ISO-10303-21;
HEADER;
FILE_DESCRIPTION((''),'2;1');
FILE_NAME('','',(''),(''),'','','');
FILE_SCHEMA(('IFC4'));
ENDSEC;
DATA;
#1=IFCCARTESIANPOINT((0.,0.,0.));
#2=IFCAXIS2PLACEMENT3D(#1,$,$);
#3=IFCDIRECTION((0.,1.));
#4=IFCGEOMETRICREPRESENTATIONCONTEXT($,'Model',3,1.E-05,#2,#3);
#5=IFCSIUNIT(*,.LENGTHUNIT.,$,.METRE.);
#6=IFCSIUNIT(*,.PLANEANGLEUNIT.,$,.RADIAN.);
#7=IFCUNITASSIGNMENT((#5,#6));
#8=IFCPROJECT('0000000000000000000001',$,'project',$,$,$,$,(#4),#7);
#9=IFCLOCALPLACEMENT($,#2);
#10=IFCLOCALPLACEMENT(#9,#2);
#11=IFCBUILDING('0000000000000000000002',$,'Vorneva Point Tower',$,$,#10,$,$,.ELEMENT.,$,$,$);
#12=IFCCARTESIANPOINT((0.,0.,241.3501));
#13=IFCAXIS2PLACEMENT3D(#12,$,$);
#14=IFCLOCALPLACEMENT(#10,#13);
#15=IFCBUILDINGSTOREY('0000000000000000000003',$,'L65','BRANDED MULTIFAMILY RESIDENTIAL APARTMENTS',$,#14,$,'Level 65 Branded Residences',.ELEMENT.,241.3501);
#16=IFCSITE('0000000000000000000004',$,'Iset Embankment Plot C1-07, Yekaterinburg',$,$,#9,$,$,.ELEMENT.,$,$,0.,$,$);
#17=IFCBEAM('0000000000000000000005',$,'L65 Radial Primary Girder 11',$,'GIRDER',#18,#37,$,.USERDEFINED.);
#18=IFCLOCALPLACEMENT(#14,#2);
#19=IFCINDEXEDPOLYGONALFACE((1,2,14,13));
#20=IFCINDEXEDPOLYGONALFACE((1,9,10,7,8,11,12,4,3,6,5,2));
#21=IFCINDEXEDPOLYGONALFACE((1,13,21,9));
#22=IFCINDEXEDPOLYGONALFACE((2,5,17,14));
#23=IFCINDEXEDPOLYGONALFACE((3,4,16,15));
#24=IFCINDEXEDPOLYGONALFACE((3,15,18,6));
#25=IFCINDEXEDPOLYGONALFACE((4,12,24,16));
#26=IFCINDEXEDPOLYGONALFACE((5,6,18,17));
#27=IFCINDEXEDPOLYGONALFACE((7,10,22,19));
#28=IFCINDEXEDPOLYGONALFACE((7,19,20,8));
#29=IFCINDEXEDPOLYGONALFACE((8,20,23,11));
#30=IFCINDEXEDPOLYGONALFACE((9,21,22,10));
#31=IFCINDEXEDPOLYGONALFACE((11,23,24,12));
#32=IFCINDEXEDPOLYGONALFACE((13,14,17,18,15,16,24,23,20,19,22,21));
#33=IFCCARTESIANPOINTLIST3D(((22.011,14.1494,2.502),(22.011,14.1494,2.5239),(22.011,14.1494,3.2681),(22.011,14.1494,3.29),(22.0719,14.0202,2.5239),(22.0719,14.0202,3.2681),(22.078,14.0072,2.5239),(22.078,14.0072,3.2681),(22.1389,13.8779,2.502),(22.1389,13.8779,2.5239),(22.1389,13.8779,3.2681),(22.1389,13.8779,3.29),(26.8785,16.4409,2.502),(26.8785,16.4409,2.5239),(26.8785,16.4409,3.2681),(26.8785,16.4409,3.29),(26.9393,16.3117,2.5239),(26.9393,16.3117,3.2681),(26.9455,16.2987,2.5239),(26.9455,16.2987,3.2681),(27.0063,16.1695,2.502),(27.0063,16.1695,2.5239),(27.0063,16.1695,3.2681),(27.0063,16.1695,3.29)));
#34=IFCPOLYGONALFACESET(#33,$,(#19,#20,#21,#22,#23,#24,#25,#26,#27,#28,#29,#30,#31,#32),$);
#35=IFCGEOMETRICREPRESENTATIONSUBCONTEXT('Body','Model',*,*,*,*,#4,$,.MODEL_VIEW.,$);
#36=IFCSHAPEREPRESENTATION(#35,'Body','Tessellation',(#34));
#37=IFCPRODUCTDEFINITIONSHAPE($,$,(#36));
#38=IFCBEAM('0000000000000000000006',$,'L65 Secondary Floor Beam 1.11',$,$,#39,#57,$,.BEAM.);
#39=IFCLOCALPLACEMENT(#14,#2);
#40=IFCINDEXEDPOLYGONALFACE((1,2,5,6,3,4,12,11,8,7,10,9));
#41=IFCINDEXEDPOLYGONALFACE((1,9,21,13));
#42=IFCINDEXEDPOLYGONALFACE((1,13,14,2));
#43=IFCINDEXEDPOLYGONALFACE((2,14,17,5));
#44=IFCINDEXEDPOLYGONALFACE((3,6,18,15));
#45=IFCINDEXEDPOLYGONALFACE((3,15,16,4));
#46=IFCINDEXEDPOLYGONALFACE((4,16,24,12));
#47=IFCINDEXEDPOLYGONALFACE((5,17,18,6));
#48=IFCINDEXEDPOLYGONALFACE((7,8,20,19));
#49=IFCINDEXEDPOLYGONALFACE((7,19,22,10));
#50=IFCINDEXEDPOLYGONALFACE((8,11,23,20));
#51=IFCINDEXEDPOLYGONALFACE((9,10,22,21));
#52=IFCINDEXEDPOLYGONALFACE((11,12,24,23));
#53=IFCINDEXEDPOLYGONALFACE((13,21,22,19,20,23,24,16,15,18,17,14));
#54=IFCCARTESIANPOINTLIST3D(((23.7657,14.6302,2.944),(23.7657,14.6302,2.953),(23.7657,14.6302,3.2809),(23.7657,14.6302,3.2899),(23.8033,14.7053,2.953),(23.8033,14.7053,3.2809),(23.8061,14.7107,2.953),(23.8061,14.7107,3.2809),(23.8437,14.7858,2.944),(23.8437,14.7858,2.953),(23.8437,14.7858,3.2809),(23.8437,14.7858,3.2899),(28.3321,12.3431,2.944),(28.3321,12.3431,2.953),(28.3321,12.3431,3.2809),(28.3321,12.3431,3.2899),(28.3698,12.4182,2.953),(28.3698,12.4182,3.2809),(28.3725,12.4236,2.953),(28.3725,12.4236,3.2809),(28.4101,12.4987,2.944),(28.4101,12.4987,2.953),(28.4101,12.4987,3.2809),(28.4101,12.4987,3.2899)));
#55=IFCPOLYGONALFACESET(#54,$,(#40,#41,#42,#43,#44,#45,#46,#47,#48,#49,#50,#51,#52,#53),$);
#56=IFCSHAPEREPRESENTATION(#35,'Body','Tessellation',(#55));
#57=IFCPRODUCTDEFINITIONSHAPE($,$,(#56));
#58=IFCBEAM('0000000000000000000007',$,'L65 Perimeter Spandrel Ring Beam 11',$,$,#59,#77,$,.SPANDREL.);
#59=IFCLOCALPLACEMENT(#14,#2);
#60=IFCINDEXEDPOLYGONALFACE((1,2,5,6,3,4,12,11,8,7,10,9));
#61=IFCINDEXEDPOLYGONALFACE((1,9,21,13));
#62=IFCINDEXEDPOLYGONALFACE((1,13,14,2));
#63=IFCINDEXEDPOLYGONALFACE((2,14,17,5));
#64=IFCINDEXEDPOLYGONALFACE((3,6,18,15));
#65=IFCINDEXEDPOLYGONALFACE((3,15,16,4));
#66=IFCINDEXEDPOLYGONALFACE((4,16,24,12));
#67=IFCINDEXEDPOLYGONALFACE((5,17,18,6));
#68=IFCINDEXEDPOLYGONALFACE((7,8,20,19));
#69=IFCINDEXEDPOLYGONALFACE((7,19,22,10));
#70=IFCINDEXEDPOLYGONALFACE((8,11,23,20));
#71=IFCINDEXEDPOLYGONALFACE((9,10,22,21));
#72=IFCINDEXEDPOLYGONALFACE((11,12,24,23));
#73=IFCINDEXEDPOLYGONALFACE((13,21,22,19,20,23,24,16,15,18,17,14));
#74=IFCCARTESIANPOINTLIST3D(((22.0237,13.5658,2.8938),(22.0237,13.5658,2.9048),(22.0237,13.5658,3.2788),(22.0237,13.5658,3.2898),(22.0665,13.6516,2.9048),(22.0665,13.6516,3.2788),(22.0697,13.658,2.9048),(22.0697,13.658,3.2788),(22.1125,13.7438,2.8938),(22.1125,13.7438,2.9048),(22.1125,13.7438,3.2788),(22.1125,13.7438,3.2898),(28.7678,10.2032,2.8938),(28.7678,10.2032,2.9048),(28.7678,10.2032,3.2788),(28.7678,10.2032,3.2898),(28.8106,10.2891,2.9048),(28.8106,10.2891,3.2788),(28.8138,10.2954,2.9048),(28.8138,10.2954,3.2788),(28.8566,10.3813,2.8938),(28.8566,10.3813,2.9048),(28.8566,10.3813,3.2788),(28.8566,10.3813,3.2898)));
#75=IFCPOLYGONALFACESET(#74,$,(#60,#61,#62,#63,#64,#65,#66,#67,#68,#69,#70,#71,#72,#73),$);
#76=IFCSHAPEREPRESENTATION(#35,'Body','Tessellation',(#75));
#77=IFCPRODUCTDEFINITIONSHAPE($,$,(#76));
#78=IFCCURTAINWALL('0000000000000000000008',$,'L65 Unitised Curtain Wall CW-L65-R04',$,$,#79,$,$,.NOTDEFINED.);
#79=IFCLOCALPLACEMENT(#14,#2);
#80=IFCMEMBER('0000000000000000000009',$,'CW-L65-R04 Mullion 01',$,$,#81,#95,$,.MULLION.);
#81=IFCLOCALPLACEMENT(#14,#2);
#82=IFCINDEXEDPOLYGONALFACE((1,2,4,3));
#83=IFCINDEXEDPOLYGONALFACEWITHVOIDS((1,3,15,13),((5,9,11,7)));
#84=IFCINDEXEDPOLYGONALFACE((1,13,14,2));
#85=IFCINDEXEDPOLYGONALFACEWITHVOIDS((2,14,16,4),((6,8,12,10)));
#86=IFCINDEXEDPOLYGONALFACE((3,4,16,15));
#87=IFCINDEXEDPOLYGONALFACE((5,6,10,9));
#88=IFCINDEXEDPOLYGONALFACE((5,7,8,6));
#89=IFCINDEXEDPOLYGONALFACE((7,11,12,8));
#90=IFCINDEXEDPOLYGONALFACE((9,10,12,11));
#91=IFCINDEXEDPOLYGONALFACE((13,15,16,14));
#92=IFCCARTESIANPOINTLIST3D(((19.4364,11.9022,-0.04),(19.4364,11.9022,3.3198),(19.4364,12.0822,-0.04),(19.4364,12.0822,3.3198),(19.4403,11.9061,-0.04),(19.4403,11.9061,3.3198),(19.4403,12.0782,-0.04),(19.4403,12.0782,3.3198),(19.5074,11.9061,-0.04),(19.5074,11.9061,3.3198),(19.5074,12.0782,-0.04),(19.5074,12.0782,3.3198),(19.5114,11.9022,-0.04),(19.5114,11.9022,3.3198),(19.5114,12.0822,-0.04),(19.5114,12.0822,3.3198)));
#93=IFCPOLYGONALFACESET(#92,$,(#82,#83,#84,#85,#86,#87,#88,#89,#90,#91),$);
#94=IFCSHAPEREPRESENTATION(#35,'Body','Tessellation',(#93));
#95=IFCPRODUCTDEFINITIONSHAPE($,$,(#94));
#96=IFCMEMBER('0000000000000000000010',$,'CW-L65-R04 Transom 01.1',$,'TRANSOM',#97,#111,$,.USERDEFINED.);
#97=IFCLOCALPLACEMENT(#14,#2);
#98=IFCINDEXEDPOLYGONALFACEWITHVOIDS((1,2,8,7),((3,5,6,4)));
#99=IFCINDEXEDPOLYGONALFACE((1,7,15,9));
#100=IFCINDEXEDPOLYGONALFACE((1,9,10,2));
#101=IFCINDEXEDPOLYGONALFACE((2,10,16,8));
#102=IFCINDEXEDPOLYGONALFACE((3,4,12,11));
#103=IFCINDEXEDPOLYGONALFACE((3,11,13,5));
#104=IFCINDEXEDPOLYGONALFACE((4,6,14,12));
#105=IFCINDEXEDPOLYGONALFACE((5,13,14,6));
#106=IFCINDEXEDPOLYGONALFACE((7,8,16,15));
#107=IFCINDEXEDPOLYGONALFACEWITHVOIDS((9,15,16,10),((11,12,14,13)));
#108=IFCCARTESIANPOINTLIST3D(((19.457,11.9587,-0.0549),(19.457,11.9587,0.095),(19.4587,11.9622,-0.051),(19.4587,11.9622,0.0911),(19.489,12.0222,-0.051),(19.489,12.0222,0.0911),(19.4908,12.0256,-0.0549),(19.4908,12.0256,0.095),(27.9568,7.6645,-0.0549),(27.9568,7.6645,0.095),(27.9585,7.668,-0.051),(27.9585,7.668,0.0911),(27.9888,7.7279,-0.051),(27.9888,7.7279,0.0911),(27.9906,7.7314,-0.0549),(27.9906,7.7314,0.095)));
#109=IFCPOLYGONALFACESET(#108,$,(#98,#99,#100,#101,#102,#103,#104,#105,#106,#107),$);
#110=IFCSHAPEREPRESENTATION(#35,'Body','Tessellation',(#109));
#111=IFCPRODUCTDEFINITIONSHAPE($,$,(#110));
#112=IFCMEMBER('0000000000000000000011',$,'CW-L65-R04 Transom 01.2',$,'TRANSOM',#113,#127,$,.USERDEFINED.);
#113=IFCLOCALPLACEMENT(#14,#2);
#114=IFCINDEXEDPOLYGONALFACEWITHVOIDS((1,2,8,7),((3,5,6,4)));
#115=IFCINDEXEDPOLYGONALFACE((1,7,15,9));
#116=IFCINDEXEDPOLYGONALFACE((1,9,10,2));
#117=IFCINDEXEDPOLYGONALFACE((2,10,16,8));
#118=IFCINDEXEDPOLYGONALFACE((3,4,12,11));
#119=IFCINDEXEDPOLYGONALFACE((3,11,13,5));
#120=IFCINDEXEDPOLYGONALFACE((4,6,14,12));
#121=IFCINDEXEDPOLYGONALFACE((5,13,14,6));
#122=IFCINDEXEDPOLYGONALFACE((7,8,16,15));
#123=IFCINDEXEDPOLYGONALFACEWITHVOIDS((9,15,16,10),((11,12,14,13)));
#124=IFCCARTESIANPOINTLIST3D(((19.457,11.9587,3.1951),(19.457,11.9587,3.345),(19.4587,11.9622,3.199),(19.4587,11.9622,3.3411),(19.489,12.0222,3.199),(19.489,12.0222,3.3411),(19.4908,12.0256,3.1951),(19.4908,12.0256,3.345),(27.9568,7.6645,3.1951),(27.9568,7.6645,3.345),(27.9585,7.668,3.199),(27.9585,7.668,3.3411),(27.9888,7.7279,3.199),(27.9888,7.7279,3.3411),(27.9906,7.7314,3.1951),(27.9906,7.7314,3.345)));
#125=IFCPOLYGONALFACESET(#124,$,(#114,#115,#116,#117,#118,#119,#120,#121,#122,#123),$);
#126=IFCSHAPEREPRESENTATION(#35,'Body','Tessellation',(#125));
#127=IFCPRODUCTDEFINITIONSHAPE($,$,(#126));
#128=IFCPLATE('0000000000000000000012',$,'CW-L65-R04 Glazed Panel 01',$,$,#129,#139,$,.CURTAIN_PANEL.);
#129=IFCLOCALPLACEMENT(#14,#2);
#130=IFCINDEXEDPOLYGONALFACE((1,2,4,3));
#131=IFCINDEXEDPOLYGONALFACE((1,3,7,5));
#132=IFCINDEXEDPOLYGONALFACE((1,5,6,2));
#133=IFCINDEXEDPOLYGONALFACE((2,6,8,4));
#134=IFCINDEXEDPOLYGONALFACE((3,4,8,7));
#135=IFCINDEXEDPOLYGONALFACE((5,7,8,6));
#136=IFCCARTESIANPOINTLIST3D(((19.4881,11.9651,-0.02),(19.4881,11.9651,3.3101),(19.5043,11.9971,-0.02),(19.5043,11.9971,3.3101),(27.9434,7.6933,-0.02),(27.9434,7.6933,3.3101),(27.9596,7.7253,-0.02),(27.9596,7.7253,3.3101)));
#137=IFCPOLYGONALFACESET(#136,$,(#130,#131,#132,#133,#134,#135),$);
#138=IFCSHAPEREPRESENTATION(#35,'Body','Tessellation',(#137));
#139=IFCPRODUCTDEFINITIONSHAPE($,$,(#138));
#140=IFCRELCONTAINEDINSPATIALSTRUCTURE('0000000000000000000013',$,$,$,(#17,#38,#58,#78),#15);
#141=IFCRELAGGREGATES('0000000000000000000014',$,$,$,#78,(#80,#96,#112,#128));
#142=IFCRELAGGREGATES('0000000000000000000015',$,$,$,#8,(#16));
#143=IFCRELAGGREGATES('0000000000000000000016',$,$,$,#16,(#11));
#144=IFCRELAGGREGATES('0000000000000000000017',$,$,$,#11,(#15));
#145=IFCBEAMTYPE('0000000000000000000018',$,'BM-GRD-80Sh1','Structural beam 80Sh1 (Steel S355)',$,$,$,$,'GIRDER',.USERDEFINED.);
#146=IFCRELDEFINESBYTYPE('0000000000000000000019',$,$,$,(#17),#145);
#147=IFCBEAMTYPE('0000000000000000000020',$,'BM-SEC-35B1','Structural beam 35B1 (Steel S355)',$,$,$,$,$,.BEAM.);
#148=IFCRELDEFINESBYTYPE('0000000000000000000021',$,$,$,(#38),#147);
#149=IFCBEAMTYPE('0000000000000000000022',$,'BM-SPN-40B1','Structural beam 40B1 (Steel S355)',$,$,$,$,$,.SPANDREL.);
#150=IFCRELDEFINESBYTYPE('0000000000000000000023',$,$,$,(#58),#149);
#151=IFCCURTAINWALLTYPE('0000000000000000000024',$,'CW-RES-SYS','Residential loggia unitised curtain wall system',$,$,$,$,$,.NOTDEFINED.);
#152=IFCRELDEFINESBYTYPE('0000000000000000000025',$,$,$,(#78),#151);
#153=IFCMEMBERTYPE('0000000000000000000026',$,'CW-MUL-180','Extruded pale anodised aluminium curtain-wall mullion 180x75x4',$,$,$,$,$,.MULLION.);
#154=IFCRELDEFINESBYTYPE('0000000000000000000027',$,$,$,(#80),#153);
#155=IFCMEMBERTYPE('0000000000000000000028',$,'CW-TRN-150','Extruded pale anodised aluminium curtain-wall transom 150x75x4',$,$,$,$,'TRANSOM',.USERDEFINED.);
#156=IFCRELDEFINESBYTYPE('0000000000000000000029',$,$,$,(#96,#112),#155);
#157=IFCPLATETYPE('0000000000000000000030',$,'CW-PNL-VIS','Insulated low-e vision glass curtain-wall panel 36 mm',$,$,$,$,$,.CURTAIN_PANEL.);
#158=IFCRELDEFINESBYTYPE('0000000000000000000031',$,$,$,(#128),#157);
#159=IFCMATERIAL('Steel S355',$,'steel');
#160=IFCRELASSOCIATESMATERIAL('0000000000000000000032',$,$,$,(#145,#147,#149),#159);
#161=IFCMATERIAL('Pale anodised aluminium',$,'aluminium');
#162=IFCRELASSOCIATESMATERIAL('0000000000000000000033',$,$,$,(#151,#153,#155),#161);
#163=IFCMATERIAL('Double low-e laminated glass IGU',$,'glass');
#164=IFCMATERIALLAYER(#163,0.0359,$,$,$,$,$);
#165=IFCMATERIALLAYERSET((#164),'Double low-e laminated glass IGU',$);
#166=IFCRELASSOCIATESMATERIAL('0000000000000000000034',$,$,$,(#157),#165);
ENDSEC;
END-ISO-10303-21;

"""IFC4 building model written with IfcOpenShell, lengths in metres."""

from ifc_helpers import new_model, si_unit, direction, frame, origin, origin_2d, place, context, subcontext, project, spatial, rectangle, hollow_rectangle, i_section, extrude, material, layer, layer_set, material_profile, profile_set, type_object, element, aggregate, save


model = new_model("IFC4")

# Units and contexts
model_context = context("Model", 3, precision=1e-05, world=origin(), true_north=direction((0.0, 1.0)))
body_context = subcontext(model_context, "Body", "Model", "MODEL_VIEW")
ifc_project = project(units=[si_unit("LENGTHUNIT", "METRE"), si_unit("PLANEANGLEUNIT", "RADIAN")], contexts=[model_context])

# Site, building, storey
site_placement = place(None, origin())
site = spatial("IfcSite", under=ifc_project, at=site_placement, Name="Iset Embankment Plot C1-07, Yekaterinburg", CompositionType="ELEMENT", RefElevation=0.0)
building_placement = place(site_placement, origin())
building = spatial("IfcBuilding", under=site, at=building_placement, Name="Vorneva Point Tower", CompositionType="ELEMENT")
storey_placement = place(building_placement, frame((0.0, 0.0, 241.3501)))
storey = spatial("IfcBuildingStorey", under=building, at=storey_placement, Name="L65", Description="BRANDED MULTIFAMILY RESIDENTIAL APARTMENTS", LongName="Level 65 Branded Residences", CompositionType="ELEMENT", Elevation=241.3501)

# Beams
ifc_material_1 = material(Name="Steel S355", Category="steel")
ifc_material_profile_1 = material_profile(ifc_material_1, i_section(OverallWidth=0.3, OverallDepth=0.7881, WebThickness=0.0144, FlangeThickness=0.022, at=origin_2d()), Name="80Sh1")
ifc_profile_set_1 = profile_set([ifc_material_profile_1], Name="Steel S355")
beam_type_1 = type_object("IfcBeamType", Name="BM-GRD-80Sh1", Description="Structural beam 80Sh1 (Steel S355)", ElementType="GIRDER", PredefinedType="USERDEFINED", material=ifc_profile_set_1)
beam_1_placement = place(storey_placement, frame((22.075, 14.0137, 2.896), z_axis=(0.904751, 0.425941, 0.0), x_axis=(-0.425941, 0.904751, 0.0)))
element("IfcBeam", 1, at=beam_1_placement, inside=storey, type_object=beam_type_1, Name="L65 Radial Primary Girder 11", ObjectType="GIRDER", PredefinedType="USERDEFINED", context=body_context, shape_type="SweptSolid", body=[
    extrude(i_section(OverallWidth=0.3, OverallDepth=0.7881, WebThickness=0.0144, FlangeThickness=0.022, at=origin_2d()), origin(), (0.0, 0.0, 1.0), 5.3799),
])
ifc_material_profile_2 = material_profile(ifc_material_1, i_section(OverallWidth=0.1741, OverallDepth=0.3459, WebThickness=0.0061, FlangeThickness=0.009, at=origin_2d()), Name="35B1")
ifc_profile_set_2 = profile_set([ifc_material_profile_2], Name="Steel S355")
beam_type_2 = type_object("IfcBeamType", Name="BM-SEC-35B1", Description="Structural beam 35B1 (Steel S355)", PredefinedType="BEAM", material=ifc_profile_set_2)
beam_2_placement = place(storey_placement, frame((23.8047, 14.708, 3.1169), z_axis=(0.894121, -0.447825, 0.0), x_axis=(0.447825, 0.894121, 0.0)))
element("IfcBeam", 2, at=beam_2_placement, inside=storey, type_object=beam_type_2, Name="L65 Secondary Floor Beam 1.11", PredefinedType="BEAM", context=body_context, shape_type="SweptSolid", body=[
    extrude(i_section(OverallWidth=0.1741, OverallDepth=0.3459, WebThickness=0.0061, FlangeThickness=0.009, at=origin_2d()), origin(), (0.0, 0.0, 1.0), 5.1072),
])
ifc_material_profile_3 = material_profile(ifc_material_1, i_section(OverallWidth=0.199, OverallDepth=0.396, WebThickness=0.0071, FlangeThickness=0.011, at=origin_2d()), Name="40B1")
ifc_profile_set_3 = profile_set([ifc_material_profile_3], Name="Steel S355")
beam_type_3 = type_object("IfcBeamType", Name="BM-SPN-40B1", Description="Structural beam 40B1 (Steel S355)", PredefinedType="SPANDREL", material=ifc_profile_set_3)
beam_3_placement = place(storey_placement, frame((22.0681, 13.6548, 3.0918), z_axis=(0.894932, -0.446203, 0.0), x_axis=(0.446203, 0.894932, 0.0)))
element("IfcBeam", 3, at=beam_3_placement, inside=storey, type_object=beam_type_3, Name="L65 Perimeter Spandrel Ring Beam 11", PredefinedType="SPANDREL", context=body_context, shape_type="SweptSolid", body=[
    extrude(i_section(OverallWidth=0.199, OverallDepth=0.396, WebThickness=0.0071, FlangeThickness=0.011, at=origin_2d()), origin(), (0.0, 0.0, 1.0), 7.5359),
])

# Curtain wall, members, plate
ifc_material_2 = material(Name="Pale anodised aluminium", Category="aluminium")
curtain_wall_type = type_object("IfcCurtainWallType", Name="CW-RES-SYS", Description="Residential loggia unitised curtain wall system", PredefinedType="NOTDEFINED", material=ifc_material_2)
curtain_wall_placement = place(storey_placement, origin())
curtain_wall = element("IfcCurtainWall", 4, at=curtain_wall_placement, inside=storey, type_object=curtain_wall_type, Name="L65 Unitised Curtain Wall CW-L65-R04", PredefinedType="NOTDEFINED")
ifc_material_profile_4 = material_profile(ifc_material_2, hollow_rectangle(XDim=0.075, YDim=0.1799, WallThickness=0.0039, at=origin_2d()), Name="AL-MUL 180x75x4")
ifc_profile_set_4 = profile_set([ifc_material_profile_4], Name="Pale anodised aluminium")
member_type_1 = type_object("IfcMemberType", Name="CW-MUL-180", Description="Extruded pale anodised aluminium curtain-wall mullion 180x75x4", PredefinedType="MULLION", material=ifc_profile_set_4)
member_1_placement = place(storey_placement, frame((19.4739, 11.9922, -0.04), z_axis=(0.0, 0.0, 1.0), x_axis=(1.0, 0.0, 0.0)))
member_1 = element("IfcMember", 5, at=member_1_placement, type_object=member_type_1, Name="CW-L65-R04 Mullion 01", PredefinedType="MULLION", context=body_context, shape_type="SweptSolid", body=[
    extrude(hollow_rectangle(XDim=0.075, YDim=0.1799, WallThickness=0.0039, at=origin_2d()), origin(), (0.0, 0.0, 1.0), 3.3599),
])
ifc_material_profile_5 = material_profile(ifc_material_2, hollow_rectangle(XDim=0.075, YDim=0.1499, WallThickness=0.0039, at=origin_2d()), Name="AL-TRN 150x75x4")
ifc_profile_set_5 = profile_set([ifc_material_profile_5], Name="Pale anodised aluminium")
member_type_2 = type_object("IfcMemberType", Name="CW-TRN-150", Description="Extruded pale anodised aluminium curtain-wall transom 150x75x4", ElementType="TRANSOM", PredefinedType="USERDEFINED", material=ifc_profile_set_5)
member_2_placement = place(storey_placement, frame((19.4739, 11.9922, 0.02), z_axis=(0.892558, -0.450932, 0.0), x_axis=(0.450932, 0.892558, 0.0)))
member_2 = element("IfcMember", 6, at=member_2_placement, type_object=member_type_2, Name="CW-L65-R04 Transom 01.1", ObjectType="TRANSOM", PredefinedType="USERDEFINED", context=body_context, shape_type="SweptSolid", body=[
    extrude(hollow_rectangle(XDim=0.075, YDim=0.1499, WallThickness=0.0039, at=origin_2d()), origin(), (0.0, 0.0, 1.0), 9.5229),
])
member_3_placement = place(storey_placement, frame((19.4739, 11.9922, 3.27), z_axis=(0.892558, -0.450932, 0.0), x_axis=(0.450932, 0.892558, 0.0)))
member_3 = element("IfcMember", 7, at=member_3_placement, type_object=member_type_2, Name="CW-L65-R04 Transom 01.2", ObjectType="TRANSOM", PredefinedType="USERDEFINED", context=body_context, shape_type="SweptSolid", body=[
    extrude(hollow_rectangle(XDim=0.075, YDim=0.1499, WallThickness=0.0039, at=origin_2d()), origin(), (0.0, 0.0, 1.0), 9.5229),
])
ifc_material_3 = material(Name="Double low-e laminated glass IGU", Category="glass")
ifc_layer_1 = layer(ifc_material_3, 0.0359)
ifc_layer_set_1 = layer_set([ifc_layer_1], Name="Double low-e laminated glass IGU")
plate_type = type_object("IfcPlateType", Name="CW-PNL-VIS", Description="Insulated low-e vision glass curtain-wall panel 36 mm", PredefinedType="CURTAIN_PANEL", material=ifc_layer_set_1)
plate_placement = place(storey_placement, frame((23.7239, 9.8452, -0.02), z_axis=(0.0, 0.0, 1.0), x_axis=(0.892554, -0.45094, 0.0)))
plate = element("IfcPlate", 8, at=plate_placement, type_object=plate_type, Name="CW-L65-R04 Glazed Panel 01", PredefinedType="CURTAIN_PANEL", context=body_context, shape_type="SweptSolid", body=[
    extrude(rectangle(XDim=9.4731, YDim=0.0359, at=origin_2d()), origin(), (0.0, 0.0, 1.0), 3.3301),
])
aggregate(curtain_wall, [member_1, member_2, member_3, plate])

save(model, "model.ifc")
